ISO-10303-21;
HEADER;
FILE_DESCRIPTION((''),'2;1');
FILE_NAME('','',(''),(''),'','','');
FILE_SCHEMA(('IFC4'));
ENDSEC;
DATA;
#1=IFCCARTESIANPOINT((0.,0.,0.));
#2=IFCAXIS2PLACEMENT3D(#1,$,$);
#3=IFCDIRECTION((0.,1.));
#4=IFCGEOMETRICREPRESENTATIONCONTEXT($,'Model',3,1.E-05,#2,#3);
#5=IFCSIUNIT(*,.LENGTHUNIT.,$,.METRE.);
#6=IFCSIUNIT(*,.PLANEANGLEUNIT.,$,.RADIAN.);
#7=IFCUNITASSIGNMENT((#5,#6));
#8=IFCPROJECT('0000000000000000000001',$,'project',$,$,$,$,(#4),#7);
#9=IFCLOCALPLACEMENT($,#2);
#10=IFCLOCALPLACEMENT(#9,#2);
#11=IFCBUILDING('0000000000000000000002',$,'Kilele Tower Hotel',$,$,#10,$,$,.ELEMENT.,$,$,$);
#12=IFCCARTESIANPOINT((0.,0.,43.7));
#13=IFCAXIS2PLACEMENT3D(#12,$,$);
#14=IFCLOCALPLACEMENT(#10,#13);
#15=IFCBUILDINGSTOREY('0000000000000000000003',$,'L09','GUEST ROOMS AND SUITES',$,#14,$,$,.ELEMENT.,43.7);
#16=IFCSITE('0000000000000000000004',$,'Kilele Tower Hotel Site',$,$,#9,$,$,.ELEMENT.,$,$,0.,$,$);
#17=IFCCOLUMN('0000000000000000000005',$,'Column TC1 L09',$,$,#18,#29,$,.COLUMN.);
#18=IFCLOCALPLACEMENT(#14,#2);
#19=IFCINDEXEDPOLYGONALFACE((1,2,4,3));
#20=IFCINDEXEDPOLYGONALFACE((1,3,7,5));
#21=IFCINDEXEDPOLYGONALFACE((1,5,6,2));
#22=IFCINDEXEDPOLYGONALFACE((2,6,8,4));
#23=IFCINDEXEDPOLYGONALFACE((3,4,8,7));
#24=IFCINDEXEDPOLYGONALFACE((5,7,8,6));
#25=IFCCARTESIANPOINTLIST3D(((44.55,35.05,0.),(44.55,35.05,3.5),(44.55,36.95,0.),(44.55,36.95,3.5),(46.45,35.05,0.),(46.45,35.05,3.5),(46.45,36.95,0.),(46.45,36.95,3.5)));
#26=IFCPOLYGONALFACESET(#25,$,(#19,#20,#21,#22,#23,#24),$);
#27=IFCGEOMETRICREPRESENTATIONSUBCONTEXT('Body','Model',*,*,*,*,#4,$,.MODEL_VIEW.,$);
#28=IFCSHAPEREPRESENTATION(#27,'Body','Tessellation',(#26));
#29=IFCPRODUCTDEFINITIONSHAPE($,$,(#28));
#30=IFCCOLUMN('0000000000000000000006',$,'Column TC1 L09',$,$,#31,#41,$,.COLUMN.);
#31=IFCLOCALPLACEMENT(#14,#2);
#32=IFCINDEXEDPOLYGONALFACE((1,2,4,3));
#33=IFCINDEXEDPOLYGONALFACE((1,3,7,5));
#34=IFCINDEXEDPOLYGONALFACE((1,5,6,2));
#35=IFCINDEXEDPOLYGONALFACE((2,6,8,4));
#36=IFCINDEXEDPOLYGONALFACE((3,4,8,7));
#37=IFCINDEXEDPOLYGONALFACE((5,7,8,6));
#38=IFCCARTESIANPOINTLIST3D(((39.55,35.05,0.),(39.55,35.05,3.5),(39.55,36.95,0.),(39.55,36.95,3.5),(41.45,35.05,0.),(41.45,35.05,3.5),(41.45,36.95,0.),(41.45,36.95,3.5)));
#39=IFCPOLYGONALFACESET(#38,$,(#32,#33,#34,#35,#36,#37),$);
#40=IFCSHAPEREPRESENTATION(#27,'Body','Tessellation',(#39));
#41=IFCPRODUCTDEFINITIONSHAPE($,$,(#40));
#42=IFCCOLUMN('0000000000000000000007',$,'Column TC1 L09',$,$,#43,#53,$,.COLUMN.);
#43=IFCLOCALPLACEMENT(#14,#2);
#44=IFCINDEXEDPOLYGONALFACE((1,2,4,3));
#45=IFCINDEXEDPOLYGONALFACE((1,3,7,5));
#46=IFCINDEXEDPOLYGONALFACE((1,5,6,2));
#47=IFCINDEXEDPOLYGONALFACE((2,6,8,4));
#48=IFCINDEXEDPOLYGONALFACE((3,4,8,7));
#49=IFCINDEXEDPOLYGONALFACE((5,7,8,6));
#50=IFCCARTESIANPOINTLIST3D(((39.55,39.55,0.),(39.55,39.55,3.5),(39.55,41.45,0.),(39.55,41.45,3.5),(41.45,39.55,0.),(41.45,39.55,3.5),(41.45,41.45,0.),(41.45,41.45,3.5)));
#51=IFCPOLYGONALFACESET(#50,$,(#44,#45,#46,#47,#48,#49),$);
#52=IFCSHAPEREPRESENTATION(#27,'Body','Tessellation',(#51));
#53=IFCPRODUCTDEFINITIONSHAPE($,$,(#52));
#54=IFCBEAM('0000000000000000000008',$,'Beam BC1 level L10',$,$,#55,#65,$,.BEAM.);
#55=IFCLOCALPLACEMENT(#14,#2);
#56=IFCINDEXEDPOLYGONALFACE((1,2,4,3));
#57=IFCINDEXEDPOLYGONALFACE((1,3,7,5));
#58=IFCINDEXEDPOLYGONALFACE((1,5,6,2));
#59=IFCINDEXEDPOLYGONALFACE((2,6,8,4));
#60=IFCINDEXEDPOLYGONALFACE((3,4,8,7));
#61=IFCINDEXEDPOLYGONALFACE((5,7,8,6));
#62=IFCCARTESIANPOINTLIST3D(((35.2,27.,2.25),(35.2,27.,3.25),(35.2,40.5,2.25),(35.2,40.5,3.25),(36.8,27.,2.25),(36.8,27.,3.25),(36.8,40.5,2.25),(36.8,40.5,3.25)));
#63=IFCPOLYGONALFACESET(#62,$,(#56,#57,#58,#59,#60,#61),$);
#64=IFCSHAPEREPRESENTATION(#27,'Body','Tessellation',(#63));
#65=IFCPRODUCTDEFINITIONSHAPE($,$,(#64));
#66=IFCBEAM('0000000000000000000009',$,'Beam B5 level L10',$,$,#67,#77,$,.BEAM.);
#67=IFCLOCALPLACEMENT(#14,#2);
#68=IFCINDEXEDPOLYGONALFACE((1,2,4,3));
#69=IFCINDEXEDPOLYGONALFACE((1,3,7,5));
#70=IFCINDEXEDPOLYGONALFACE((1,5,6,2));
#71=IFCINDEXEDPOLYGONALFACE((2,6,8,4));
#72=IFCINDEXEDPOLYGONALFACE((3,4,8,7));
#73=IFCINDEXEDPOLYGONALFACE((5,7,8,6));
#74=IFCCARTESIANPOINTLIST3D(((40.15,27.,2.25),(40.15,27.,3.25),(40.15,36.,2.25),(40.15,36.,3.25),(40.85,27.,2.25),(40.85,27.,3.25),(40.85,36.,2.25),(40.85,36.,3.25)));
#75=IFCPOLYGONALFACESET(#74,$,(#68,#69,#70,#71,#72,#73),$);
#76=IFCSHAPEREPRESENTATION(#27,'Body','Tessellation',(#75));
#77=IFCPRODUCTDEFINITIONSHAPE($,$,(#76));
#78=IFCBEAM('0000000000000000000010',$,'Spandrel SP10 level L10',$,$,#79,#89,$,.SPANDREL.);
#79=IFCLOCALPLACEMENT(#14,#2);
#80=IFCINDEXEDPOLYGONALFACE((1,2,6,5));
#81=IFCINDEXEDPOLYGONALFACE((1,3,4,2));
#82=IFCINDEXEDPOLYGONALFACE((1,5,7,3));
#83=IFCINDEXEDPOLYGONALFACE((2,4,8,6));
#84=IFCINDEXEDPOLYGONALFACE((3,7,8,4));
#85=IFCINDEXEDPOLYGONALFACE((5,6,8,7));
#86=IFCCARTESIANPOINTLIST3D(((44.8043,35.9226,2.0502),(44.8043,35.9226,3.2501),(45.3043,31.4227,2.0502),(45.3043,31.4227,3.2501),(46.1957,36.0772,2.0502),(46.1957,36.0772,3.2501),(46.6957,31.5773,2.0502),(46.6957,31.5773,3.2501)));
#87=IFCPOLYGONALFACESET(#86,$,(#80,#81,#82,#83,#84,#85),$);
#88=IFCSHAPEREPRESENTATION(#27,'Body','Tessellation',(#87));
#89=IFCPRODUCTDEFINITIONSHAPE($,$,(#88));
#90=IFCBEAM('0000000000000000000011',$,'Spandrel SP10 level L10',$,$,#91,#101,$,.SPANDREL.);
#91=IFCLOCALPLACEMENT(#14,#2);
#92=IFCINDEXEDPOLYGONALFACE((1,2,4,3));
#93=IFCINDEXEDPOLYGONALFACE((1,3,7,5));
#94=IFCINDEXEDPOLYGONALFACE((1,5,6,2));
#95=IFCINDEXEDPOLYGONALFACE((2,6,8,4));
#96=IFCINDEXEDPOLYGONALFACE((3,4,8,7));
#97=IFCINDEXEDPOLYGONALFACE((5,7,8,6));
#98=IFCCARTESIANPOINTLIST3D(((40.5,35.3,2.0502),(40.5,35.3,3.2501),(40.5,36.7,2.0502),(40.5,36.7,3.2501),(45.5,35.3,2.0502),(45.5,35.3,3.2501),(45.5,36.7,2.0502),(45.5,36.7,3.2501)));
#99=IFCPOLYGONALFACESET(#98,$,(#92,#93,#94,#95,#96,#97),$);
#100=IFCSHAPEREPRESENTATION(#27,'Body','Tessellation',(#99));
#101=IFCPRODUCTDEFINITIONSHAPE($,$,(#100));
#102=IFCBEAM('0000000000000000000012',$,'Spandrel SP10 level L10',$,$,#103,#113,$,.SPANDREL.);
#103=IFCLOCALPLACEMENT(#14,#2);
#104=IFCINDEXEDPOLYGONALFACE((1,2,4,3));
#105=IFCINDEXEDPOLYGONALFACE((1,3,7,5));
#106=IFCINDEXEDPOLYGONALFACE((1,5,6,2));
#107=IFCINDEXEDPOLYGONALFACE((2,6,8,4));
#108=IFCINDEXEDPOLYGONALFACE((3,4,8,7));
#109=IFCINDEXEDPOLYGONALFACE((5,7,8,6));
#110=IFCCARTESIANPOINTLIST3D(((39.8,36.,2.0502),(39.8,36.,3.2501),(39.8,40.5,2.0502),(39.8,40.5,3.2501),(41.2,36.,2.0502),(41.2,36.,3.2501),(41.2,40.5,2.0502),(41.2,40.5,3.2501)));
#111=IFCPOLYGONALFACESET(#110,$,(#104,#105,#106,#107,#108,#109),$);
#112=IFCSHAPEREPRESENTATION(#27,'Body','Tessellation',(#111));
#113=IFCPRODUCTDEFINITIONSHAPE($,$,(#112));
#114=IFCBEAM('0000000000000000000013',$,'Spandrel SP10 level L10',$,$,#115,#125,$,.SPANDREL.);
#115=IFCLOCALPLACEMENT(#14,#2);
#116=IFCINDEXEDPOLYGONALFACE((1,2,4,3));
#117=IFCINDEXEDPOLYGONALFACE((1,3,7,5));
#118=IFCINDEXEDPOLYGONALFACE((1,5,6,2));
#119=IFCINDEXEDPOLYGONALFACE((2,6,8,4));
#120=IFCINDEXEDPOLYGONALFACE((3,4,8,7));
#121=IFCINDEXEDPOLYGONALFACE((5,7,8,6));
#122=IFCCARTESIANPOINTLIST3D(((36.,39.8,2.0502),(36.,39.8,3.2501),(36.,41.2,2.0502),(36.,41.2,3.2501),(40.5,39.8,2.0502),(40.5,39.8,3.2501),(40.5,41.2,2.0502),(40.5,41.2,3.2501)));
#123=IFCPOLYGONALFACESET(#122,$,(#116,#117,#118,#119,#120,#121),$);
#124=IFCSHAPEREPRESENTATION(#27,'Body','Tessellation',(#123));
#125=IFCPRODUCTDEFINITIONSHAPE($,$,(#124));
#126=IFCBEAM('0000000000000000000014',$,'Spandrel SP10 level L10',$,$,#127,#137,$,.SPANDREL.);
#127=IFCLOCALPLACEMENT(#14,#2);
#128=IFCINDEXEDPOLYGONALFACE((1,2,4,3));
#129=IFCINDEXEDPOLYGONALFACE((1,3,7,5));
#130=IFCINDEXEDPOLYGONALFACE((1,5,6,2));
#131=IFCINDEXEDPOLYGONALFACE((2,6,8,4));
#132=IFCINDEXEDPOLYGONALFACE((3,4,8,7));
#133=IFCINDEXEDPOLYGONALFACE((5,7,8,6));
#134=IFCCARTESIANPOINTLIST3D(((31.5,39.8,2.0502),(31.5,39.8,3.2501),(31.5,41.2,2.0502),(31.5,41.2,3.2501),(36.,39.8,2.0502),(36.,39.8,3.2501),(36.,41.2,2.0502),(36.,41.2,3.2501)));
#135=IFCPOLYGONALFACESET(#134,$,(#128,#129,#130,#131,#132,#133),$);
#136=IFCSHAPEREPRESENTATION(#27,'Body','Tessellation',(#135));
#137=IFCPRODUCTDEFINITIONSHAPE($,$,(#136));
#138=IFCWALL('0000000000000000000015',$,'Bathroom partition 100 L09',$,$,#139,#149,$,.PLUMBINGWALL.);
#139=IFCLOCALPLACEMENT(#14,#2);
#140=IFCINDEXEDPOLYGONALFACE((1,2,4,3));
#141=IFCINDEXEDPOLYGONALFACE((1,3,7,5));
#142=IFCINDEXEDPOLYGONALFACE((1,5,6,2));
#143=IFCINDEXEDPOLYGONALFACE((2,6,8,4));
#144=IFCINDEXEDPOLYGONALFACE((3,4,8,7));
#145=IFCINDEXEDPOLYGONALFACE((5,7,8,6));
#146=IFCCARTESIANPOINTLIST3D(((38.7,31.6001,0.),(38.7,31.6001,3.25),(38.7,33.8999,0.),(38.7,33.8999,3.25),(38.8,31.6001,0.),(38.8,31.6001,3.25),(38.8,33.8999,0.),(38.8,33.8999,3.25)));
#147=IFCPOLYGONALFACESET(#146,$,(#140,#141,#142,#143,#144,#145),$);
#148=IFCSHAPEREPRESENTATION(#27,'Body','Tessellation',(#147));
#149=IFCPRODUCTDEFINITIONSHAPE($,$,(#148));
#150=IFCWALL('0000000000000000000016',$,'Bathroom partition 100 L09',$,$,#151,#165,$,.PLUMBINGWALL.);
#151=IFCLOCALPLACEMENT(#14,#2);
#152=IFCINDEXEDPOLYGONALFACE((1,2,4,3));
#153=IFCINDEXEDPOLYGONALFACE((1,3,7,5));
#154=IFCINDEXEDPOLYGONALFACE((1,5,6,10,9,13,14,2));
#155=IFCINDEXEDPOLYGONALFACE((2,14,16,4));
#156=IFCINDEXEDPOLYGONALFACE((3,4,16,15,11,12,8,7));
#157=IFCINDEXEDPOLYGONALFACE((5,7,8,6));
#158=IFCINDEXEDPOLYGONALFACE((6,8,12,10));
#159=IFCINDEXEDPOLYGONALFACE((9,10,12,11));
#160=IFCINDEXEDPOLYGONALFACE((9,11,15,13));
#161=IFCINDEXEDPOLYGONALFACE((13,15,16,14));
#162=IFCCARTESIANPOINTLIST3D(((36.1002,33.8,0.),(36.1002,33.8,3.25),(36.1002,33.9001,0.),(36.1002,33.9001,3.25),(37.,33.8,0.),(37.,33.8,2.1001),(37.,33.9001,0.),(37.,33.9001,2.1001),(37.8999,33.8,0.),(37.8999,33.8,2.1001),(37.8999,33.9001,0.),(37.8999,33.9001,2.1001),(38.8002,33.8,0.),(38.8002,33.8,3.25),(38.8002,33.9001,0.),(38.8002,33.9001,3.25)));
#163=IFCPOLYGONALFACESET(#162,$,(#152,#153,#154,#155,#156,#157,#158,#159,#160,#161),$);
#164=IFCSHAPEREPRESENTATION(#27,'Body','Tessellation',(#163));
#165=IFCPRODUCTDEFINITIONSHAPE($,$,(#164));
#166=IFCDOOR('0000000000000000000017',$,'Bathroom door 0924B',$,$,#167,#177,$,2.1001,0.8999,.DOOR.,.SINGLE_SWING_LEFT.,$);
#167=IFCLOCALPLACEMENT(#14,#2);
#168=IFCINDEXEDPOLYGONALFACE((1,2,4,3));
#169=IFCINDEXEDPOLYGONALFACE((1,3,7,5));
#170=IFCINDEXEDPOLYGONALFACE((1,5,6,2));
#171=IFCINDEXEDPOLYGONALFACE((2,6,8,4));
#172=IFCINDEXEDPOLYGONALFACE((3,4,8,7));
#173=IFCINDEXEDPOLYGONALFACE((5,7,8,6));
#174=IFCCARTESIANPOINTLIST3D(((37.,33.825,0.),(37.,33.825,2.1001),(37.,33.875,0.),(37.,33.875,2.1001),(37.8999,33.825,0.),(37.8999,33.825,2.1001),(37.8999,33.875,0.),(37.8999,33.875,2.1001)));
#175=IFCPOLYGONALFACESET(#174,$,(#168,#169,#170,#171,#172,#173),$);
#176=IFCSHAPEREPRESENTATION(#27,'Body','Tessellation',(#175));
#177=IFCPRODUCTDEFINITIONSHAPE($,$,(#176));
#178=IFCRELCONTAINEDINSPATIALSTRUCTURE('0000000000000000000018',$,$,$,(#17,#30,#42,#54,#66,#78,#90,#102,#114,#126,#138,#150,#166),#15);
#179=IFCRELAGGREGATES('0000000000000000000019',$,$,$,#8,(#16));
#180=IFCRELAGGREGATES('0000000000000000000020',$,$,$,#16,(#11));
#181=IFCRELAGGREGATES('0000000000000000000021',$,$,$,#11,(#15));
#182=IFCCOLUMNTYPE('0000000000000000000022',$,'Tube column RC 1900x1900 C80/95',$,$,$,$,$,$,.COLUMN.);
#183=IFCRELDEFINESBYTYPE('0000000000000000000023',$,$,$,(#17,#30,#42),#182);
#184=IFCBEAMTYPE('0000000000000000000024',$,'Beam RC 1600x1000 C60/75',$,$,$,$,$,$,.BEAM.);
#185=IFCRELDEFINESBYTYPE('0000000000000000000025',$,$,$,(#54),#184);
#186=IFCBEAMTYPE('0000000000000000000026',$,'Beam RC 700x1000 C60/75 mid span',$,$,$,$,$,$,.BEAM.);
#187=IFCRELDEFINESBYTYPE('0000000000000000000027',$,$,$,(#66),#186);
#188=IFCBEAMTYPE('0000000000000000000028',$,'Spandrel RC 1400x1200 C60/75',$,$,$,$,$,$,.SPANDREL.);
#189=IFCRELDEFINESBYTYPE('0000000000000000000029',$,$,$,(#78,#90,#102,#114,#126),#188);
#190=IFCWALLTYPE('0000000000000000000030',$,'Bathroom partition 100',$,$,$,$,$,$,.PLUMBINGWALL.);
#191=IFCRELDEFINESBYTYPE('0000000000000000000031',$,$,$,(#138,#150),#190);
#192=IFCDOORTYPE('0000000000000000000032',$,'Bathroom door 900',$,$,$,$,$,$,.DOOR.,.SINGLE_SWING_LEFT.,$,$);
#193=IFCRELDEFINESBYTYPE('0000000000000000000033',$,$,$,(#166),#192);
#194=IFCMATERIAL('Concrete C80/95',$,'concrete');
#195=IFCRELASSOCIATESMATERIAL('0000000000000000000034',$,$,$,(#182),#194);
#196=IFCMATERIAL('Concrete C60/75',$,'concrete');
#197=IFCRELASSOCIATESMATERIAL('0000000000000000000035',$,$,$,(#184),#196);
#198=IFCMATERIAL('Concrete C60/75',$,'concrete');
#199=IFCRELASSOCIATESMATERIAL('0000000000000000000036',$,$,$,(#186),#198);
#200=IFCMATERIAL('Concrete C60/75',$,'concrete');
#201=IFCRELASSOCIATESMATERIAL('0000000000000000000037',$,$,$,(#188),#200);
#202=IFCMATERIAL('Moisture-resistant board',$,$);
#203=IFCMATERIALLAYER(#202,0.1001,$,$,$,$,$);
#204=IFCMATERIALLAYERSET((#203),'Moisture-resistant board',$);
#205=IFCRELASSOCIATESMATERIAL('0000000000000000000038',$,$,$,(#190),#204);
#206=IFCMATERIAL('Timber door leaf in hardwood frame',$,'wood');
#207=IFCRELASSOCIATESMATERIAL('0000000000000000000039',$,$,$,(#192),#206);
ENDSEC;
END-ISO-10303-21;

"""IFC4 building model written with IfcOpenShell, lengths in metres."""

from ifc_helpers import new_model, si_unit, direction, frame, frame_2d, origin, origin_2d, place, context, subcontext, project, spatial, rectangle, extrude, material, layer, layer_set, material_profile, profile_set, type_object, element, fill, save


model = new_model("IFC4")

# Units and contexts
model_context = context("Model", 3, precision=1e-05, world=origin(), true_north=direction((0.0, 1.0)))
body_context = subcontext(model_context, "Body", "Model", "MODEL_VIEW")
ifc_project = project(units=[si_unit("LENGTHUNIT", "METRE"), si_unit("PLANEANGLEUNIT", "RADIAN")], contexts=[model_context])

# Site, building, storey
site_placement = place(None, origin())
site = spatial("IfcSite", under=ifc_project, at=site_placement, Name="Kilele Tower Hotel Site", CompositionType="ELEMENT", RefElevation=0.0)
building_placement = place(site_placement, origin())
building = spatial("IfcBuilding", under=site, at=building_placement, Name="Kilele Tower Hotel", CompositionType="ELEMENT")
storey_placement = place(building_placement, frame((0.0, 0.0, 43.7)))
storey = spatial("IfcBuildingStorey", under=building, at=storey_placement, Name="L09", Description="GUEST ROOMS AND SUITES", CompositionType="ELEMENT", Elevation=43.7)

# Columns
ifc_material_1 = material(Name="Concrete C80/95", Category="concrete")
ifc_material_profile_1 = material_profile(ifc_material_1, rectangle(XDim=1.8999, YDim=1.8999, at=origin_2d()))
ifc_profile_set_1 = profile_set([ifc_material_profile_1], Name="Concrete C80/95")
column_type = type_object("IfcColumnType", Name="Tube column RC 1900x1900 C80/95", PredefinedType="COLUMN", material=ifc_profile_set_1)
for number, where, z_axis, x_axis, name in (
    (1, (45.5, 36.0, 0.0), (0.0, 0.0, 1.0), (1.0, 0.0, 0.0), "Column TC1 L09"),
    (2, (40.5, 36.0, 0.0), (0.0, 0.0, 1.0), (1.0, 0.0, 0.0), "Column TC1 L09"),
    (3, (40.5, 40.5, 0.0), (0.0, 0.0, 1.0), (1.0, 0.0, 0.0), "Column TC1 L09"),
):
    element("IfcColumn", number, at=place(storey_placement, frame(where, z_axis=z_axis, x_axis=x_axis)), inside=storey, type_object=column_type, Name=name, PredefinedType="COLUMN", context=body_context, shape_type="SweptSolid", body=[
        extrude(rectangle(XDim=1.8999, YDim=1.8999, at=origin_2d()), origin(), (0.0, 0.0, 1.0), 3.5),
    ])

# Beams
ifc_material_2 = material(Name="Concrete C60/75", Category="concrete")
ifc_material_profile_2 = material_profile(ifc_material_2, rectangle(XDim=1.6001, YDim=1.0, at=origin_2d()))
ifc_profile_set_2 = profile_set([ifc_material_profile_2], Name="Concrete C60/75")
beam_type_1 = type_object("IfcBeamType", Name="Beam RC 1600x1000 C60/75", PredefinedType="BEAM", material=ifc_profile_set_2)
beam_1_placement = place(storey_placement, frame((36.0, 40.5, 2.75), z_axis=(0.0, -1.0, 0.0), x_axis=(1.0, 0.0, 0.0)))
element("IfcBeam", 4, at=beam_1_placement, inside=storey, type_object=beam_type_1, Name="Beam BC1 level L10", PredefinedType="BEAM", context=body_context, shape_type="SweptSolid", body=[
    extrude(rectangle(XDim=1.6001, YDim=1.0, at=origin_2d()), origin(), (0.0, 0.0, 1.0), 13.5),
])
ifc_material_3 = material(Name="Concrete C60/75", Category="concrete")
ifc_material_profile_3 = material_profile(ifc_material_3, rectangle(XDim=0.7, YDim=1.0, at=origin_2d()))
ifc_profile_set_3 = profile_set([ifc_material_profile_3], Name="Concrete C60/75")
beam_type_2 = type_object("IfcBeamType", Name="Beam RC 700x1000 C60/75 mid span", PredefinedType="BEAM", material=ifc_profile_set_3)
beam_2_placement = place(storey_placement, frame((40.5, 36.0, 2.75), z_axis=(0.0, -1.0, 0.0), x_axis=(1.0, 0.0, 0.0)))
element("IfcBeam", 5, at=beam_2_placement, inside=storey, type_object=beam_type_2, Name="Beam B5 level L10", PredefinedType="BEAM", context=body_context, shape_type="SweptSolid", body=[
    extrude(rectangle(XDim=0.7, YDim=1.0, at=origin_2d()), origin(), (0.0, 0.0, 1.0), 9.0),
])
ifc_material_4 = material(Name="Concrete C60/75", Category="concrete")
ifc_material_profile_4 = material_profile(ifc_material_4, rectangle(XDim=1.3999, YDim=1.2, at=origin_2d()))
ifc_profile_set_4 = profile_set([ifc_material_profile_4], Name="Concrete C60/75")
beam_type_3 = type_object("IfcBeamType", Name="Spandrel RC 1400x1200 C60/75", PredefinedType="SPANDREL", material=ifc_profile_set_4)
beam_3_placement = place(storey_placement, frame((46.0, 31.5, 2.6501), z_axis=(-0.110432, 0.993884, 0.0), x_axis=(-0.993884, -0.110432, 0.0)))
element("IfcBeam", 6, at=beam_3_placement, inside=storey, type_object=beam_type_3, Name="Spandrel SP10 level L10", PredefinedType="SPANDREL", context=body_context, shape_type="SweptSolid", body=[
    extrude(rectangle(XDim=1.3999, YDim=1.2, at=origin_2d()), origin(), (0.0, 0.0, 1.0), 4.5276),
])
beam_4_placement = place(storey_placement, frame((45.5, 36.0, 2.6501), z_axis=(-1.0, 0.0, 0.0), x_axis=(0.0, -1.0, 0.0)))
element("IfcBeam", 7, at=beam_4_placement, inside=storey, type_object=beam_type_3, Name="Spandrel SP10 level L10", PredefinedType="SPANDREL", context=body_context, shape_type="SweptSolid", body=[
    extrude(rectangle(XDim=1.3999, YDim=1.2, at=origin_2d()), origin(), (0.0, 0.0, 1.0), 5.0),
])
for number, where, z_axis, x_axis, name in (
    (8, (40.5, 36.0, 2.6501), (0.0, 1.0, 0.0), (-1.0, 0.0, 0.0), "Spandrel SP10 level L10"),
    (9, (40.5, 40.5, 2.6501), (-1.0, 0.0, 0.0), (0.0, -1.0, 0.0), "Spandrel SP10 level L10"),
    (10, (36.0, 40.5, 2.6501), (-1.0, 0.0, 0.0), (0.0, -1.0, 0.0), "Spandrel SP10 level L10"),
):
    element("IfcBeam", number, at=place(storey_placement, frame(where, z_axis=z_axis, x_axis=x_axis)), inside=storey, type_object=beam_type_3, Name=name, PredefinedType="SPANDREL", context=body_context, shape_type="SweptSolid", body=[
        extrude(rectangle(XDim=1.3999, YDim=1.2, at=origin_2d()), origin(), (0.0, 0.0, 1.0), 4.5),
    ])

# Wall
ifc_material_5 = material(Name="Moisture-resistant board")
ifc_layer_1 = layer(ifc_material_5, 0.1001)
ifc_layer_set_1 = layer_set([ifc_layer_1], Name="Moisture-resistant board")
wall_type_1 = type_object("IfcWallType", Name="Bathroom partition 100", PredefinedType="PLUMBINGWALL", material=ifc_layer_set_1)
wall_1_placement = place(storey_placement, frame((38.75, 31.6001, 0.0), z_axis=(0.0, 0.0, 1.0), x_axis=(0.0, 1.0, 0.0)))
element("IfcWall", 11, at=wall_1_placement, inside=storey, type_object=wall_type_1, Name="Bathroom partition 100 L09", PredefinedType="PLUMBINGWALL", context=body_context, shape_type="SweptSolid", body=[
    extrude(rectangle(XDim=2.2998, YDim=0.1001, at=frame_2d((1.1499, 0.0))), origin(), (0.0, 0.0, 1.0), 3.25),
])

# Wall, opening, door
wall_2_placement = place(storey_placement, frame((36.1001, 33.8501, 0.0), z_axis=(0.0, 0.0, 1.0), x_axis=(1.0, 0.0, 0.0)))
wall_2 = element("IfcWall", 12, at=wall_2_placement, inside=storey, type_object=wall_type_1, Name="Bathroom partition 100 L09", PredefinedType="PLUMBINGWALL", context=body_context, shape_type="SweptSolid", body=[
    extrude(rectangle(XDim=2.7, YDim=0.1001, at=frame_2d((1.3501, 0.0))), origin(), (0.0, 0.0, 1.0), 3.25),
])
opening_1_placement = place(wall_2_placement, frame((0.8999, 0.0, 0.0)))
opening_1 = element("IfcOpeningElement", 13, at=opening_1_placement, cuts=wall_2, PredefinedType="OPENING", context=body_context, shape_type="SweptSolid", body=[
    extrude(rectangle(XDim=0.8999, YDim=2.1001, at=frame_2d((0.45, 1.05))), frame((0.0, 0.0601, 0.0), z_axis=(0.0, -1.0, 0.0), x_axis=(1.0, 0.0, 0.0)), (0.0, 0.0, 1.0), 0.1201),
])
ifc_material_6 = material(Name="Timber door leaf in hardwood frame", Category="wood")
door_type_1 = type_object("IfcDoorType", Name="Bathroom door 900", OperationType="SINGLE_SWING_LEFT", PredefinedType="DOOR", material=ifc_material_6)
door_1_placement = place(opening_1_placement, origin())
door_1 = element("IfcDoor", 14, at=door_1_placement, inside=storey, type_object=door_type_1, Name="Bathroom door 0924B", OperationType="SINGLE_SWING_LEFT", OverallHeight=2.1001, OverallWidth=0.8999, PredefinedType="DOOR", context=body_context, shape_type="SweptSolid", body=[
    extrude(rectangle(XDim=0.8999, YDim=2.1001, at=frame_2d((0.45, 1.05))), frame((0.0, 0.0249, 0.0), z_axis=(0.0, -1.0, 0.0), x_axis=(1.0, 0.0, 0.0)), (0.0, 0.0, 1.0), 0.05),
])
fill(opening_1, door_1)

save(model, "model.ifc")
